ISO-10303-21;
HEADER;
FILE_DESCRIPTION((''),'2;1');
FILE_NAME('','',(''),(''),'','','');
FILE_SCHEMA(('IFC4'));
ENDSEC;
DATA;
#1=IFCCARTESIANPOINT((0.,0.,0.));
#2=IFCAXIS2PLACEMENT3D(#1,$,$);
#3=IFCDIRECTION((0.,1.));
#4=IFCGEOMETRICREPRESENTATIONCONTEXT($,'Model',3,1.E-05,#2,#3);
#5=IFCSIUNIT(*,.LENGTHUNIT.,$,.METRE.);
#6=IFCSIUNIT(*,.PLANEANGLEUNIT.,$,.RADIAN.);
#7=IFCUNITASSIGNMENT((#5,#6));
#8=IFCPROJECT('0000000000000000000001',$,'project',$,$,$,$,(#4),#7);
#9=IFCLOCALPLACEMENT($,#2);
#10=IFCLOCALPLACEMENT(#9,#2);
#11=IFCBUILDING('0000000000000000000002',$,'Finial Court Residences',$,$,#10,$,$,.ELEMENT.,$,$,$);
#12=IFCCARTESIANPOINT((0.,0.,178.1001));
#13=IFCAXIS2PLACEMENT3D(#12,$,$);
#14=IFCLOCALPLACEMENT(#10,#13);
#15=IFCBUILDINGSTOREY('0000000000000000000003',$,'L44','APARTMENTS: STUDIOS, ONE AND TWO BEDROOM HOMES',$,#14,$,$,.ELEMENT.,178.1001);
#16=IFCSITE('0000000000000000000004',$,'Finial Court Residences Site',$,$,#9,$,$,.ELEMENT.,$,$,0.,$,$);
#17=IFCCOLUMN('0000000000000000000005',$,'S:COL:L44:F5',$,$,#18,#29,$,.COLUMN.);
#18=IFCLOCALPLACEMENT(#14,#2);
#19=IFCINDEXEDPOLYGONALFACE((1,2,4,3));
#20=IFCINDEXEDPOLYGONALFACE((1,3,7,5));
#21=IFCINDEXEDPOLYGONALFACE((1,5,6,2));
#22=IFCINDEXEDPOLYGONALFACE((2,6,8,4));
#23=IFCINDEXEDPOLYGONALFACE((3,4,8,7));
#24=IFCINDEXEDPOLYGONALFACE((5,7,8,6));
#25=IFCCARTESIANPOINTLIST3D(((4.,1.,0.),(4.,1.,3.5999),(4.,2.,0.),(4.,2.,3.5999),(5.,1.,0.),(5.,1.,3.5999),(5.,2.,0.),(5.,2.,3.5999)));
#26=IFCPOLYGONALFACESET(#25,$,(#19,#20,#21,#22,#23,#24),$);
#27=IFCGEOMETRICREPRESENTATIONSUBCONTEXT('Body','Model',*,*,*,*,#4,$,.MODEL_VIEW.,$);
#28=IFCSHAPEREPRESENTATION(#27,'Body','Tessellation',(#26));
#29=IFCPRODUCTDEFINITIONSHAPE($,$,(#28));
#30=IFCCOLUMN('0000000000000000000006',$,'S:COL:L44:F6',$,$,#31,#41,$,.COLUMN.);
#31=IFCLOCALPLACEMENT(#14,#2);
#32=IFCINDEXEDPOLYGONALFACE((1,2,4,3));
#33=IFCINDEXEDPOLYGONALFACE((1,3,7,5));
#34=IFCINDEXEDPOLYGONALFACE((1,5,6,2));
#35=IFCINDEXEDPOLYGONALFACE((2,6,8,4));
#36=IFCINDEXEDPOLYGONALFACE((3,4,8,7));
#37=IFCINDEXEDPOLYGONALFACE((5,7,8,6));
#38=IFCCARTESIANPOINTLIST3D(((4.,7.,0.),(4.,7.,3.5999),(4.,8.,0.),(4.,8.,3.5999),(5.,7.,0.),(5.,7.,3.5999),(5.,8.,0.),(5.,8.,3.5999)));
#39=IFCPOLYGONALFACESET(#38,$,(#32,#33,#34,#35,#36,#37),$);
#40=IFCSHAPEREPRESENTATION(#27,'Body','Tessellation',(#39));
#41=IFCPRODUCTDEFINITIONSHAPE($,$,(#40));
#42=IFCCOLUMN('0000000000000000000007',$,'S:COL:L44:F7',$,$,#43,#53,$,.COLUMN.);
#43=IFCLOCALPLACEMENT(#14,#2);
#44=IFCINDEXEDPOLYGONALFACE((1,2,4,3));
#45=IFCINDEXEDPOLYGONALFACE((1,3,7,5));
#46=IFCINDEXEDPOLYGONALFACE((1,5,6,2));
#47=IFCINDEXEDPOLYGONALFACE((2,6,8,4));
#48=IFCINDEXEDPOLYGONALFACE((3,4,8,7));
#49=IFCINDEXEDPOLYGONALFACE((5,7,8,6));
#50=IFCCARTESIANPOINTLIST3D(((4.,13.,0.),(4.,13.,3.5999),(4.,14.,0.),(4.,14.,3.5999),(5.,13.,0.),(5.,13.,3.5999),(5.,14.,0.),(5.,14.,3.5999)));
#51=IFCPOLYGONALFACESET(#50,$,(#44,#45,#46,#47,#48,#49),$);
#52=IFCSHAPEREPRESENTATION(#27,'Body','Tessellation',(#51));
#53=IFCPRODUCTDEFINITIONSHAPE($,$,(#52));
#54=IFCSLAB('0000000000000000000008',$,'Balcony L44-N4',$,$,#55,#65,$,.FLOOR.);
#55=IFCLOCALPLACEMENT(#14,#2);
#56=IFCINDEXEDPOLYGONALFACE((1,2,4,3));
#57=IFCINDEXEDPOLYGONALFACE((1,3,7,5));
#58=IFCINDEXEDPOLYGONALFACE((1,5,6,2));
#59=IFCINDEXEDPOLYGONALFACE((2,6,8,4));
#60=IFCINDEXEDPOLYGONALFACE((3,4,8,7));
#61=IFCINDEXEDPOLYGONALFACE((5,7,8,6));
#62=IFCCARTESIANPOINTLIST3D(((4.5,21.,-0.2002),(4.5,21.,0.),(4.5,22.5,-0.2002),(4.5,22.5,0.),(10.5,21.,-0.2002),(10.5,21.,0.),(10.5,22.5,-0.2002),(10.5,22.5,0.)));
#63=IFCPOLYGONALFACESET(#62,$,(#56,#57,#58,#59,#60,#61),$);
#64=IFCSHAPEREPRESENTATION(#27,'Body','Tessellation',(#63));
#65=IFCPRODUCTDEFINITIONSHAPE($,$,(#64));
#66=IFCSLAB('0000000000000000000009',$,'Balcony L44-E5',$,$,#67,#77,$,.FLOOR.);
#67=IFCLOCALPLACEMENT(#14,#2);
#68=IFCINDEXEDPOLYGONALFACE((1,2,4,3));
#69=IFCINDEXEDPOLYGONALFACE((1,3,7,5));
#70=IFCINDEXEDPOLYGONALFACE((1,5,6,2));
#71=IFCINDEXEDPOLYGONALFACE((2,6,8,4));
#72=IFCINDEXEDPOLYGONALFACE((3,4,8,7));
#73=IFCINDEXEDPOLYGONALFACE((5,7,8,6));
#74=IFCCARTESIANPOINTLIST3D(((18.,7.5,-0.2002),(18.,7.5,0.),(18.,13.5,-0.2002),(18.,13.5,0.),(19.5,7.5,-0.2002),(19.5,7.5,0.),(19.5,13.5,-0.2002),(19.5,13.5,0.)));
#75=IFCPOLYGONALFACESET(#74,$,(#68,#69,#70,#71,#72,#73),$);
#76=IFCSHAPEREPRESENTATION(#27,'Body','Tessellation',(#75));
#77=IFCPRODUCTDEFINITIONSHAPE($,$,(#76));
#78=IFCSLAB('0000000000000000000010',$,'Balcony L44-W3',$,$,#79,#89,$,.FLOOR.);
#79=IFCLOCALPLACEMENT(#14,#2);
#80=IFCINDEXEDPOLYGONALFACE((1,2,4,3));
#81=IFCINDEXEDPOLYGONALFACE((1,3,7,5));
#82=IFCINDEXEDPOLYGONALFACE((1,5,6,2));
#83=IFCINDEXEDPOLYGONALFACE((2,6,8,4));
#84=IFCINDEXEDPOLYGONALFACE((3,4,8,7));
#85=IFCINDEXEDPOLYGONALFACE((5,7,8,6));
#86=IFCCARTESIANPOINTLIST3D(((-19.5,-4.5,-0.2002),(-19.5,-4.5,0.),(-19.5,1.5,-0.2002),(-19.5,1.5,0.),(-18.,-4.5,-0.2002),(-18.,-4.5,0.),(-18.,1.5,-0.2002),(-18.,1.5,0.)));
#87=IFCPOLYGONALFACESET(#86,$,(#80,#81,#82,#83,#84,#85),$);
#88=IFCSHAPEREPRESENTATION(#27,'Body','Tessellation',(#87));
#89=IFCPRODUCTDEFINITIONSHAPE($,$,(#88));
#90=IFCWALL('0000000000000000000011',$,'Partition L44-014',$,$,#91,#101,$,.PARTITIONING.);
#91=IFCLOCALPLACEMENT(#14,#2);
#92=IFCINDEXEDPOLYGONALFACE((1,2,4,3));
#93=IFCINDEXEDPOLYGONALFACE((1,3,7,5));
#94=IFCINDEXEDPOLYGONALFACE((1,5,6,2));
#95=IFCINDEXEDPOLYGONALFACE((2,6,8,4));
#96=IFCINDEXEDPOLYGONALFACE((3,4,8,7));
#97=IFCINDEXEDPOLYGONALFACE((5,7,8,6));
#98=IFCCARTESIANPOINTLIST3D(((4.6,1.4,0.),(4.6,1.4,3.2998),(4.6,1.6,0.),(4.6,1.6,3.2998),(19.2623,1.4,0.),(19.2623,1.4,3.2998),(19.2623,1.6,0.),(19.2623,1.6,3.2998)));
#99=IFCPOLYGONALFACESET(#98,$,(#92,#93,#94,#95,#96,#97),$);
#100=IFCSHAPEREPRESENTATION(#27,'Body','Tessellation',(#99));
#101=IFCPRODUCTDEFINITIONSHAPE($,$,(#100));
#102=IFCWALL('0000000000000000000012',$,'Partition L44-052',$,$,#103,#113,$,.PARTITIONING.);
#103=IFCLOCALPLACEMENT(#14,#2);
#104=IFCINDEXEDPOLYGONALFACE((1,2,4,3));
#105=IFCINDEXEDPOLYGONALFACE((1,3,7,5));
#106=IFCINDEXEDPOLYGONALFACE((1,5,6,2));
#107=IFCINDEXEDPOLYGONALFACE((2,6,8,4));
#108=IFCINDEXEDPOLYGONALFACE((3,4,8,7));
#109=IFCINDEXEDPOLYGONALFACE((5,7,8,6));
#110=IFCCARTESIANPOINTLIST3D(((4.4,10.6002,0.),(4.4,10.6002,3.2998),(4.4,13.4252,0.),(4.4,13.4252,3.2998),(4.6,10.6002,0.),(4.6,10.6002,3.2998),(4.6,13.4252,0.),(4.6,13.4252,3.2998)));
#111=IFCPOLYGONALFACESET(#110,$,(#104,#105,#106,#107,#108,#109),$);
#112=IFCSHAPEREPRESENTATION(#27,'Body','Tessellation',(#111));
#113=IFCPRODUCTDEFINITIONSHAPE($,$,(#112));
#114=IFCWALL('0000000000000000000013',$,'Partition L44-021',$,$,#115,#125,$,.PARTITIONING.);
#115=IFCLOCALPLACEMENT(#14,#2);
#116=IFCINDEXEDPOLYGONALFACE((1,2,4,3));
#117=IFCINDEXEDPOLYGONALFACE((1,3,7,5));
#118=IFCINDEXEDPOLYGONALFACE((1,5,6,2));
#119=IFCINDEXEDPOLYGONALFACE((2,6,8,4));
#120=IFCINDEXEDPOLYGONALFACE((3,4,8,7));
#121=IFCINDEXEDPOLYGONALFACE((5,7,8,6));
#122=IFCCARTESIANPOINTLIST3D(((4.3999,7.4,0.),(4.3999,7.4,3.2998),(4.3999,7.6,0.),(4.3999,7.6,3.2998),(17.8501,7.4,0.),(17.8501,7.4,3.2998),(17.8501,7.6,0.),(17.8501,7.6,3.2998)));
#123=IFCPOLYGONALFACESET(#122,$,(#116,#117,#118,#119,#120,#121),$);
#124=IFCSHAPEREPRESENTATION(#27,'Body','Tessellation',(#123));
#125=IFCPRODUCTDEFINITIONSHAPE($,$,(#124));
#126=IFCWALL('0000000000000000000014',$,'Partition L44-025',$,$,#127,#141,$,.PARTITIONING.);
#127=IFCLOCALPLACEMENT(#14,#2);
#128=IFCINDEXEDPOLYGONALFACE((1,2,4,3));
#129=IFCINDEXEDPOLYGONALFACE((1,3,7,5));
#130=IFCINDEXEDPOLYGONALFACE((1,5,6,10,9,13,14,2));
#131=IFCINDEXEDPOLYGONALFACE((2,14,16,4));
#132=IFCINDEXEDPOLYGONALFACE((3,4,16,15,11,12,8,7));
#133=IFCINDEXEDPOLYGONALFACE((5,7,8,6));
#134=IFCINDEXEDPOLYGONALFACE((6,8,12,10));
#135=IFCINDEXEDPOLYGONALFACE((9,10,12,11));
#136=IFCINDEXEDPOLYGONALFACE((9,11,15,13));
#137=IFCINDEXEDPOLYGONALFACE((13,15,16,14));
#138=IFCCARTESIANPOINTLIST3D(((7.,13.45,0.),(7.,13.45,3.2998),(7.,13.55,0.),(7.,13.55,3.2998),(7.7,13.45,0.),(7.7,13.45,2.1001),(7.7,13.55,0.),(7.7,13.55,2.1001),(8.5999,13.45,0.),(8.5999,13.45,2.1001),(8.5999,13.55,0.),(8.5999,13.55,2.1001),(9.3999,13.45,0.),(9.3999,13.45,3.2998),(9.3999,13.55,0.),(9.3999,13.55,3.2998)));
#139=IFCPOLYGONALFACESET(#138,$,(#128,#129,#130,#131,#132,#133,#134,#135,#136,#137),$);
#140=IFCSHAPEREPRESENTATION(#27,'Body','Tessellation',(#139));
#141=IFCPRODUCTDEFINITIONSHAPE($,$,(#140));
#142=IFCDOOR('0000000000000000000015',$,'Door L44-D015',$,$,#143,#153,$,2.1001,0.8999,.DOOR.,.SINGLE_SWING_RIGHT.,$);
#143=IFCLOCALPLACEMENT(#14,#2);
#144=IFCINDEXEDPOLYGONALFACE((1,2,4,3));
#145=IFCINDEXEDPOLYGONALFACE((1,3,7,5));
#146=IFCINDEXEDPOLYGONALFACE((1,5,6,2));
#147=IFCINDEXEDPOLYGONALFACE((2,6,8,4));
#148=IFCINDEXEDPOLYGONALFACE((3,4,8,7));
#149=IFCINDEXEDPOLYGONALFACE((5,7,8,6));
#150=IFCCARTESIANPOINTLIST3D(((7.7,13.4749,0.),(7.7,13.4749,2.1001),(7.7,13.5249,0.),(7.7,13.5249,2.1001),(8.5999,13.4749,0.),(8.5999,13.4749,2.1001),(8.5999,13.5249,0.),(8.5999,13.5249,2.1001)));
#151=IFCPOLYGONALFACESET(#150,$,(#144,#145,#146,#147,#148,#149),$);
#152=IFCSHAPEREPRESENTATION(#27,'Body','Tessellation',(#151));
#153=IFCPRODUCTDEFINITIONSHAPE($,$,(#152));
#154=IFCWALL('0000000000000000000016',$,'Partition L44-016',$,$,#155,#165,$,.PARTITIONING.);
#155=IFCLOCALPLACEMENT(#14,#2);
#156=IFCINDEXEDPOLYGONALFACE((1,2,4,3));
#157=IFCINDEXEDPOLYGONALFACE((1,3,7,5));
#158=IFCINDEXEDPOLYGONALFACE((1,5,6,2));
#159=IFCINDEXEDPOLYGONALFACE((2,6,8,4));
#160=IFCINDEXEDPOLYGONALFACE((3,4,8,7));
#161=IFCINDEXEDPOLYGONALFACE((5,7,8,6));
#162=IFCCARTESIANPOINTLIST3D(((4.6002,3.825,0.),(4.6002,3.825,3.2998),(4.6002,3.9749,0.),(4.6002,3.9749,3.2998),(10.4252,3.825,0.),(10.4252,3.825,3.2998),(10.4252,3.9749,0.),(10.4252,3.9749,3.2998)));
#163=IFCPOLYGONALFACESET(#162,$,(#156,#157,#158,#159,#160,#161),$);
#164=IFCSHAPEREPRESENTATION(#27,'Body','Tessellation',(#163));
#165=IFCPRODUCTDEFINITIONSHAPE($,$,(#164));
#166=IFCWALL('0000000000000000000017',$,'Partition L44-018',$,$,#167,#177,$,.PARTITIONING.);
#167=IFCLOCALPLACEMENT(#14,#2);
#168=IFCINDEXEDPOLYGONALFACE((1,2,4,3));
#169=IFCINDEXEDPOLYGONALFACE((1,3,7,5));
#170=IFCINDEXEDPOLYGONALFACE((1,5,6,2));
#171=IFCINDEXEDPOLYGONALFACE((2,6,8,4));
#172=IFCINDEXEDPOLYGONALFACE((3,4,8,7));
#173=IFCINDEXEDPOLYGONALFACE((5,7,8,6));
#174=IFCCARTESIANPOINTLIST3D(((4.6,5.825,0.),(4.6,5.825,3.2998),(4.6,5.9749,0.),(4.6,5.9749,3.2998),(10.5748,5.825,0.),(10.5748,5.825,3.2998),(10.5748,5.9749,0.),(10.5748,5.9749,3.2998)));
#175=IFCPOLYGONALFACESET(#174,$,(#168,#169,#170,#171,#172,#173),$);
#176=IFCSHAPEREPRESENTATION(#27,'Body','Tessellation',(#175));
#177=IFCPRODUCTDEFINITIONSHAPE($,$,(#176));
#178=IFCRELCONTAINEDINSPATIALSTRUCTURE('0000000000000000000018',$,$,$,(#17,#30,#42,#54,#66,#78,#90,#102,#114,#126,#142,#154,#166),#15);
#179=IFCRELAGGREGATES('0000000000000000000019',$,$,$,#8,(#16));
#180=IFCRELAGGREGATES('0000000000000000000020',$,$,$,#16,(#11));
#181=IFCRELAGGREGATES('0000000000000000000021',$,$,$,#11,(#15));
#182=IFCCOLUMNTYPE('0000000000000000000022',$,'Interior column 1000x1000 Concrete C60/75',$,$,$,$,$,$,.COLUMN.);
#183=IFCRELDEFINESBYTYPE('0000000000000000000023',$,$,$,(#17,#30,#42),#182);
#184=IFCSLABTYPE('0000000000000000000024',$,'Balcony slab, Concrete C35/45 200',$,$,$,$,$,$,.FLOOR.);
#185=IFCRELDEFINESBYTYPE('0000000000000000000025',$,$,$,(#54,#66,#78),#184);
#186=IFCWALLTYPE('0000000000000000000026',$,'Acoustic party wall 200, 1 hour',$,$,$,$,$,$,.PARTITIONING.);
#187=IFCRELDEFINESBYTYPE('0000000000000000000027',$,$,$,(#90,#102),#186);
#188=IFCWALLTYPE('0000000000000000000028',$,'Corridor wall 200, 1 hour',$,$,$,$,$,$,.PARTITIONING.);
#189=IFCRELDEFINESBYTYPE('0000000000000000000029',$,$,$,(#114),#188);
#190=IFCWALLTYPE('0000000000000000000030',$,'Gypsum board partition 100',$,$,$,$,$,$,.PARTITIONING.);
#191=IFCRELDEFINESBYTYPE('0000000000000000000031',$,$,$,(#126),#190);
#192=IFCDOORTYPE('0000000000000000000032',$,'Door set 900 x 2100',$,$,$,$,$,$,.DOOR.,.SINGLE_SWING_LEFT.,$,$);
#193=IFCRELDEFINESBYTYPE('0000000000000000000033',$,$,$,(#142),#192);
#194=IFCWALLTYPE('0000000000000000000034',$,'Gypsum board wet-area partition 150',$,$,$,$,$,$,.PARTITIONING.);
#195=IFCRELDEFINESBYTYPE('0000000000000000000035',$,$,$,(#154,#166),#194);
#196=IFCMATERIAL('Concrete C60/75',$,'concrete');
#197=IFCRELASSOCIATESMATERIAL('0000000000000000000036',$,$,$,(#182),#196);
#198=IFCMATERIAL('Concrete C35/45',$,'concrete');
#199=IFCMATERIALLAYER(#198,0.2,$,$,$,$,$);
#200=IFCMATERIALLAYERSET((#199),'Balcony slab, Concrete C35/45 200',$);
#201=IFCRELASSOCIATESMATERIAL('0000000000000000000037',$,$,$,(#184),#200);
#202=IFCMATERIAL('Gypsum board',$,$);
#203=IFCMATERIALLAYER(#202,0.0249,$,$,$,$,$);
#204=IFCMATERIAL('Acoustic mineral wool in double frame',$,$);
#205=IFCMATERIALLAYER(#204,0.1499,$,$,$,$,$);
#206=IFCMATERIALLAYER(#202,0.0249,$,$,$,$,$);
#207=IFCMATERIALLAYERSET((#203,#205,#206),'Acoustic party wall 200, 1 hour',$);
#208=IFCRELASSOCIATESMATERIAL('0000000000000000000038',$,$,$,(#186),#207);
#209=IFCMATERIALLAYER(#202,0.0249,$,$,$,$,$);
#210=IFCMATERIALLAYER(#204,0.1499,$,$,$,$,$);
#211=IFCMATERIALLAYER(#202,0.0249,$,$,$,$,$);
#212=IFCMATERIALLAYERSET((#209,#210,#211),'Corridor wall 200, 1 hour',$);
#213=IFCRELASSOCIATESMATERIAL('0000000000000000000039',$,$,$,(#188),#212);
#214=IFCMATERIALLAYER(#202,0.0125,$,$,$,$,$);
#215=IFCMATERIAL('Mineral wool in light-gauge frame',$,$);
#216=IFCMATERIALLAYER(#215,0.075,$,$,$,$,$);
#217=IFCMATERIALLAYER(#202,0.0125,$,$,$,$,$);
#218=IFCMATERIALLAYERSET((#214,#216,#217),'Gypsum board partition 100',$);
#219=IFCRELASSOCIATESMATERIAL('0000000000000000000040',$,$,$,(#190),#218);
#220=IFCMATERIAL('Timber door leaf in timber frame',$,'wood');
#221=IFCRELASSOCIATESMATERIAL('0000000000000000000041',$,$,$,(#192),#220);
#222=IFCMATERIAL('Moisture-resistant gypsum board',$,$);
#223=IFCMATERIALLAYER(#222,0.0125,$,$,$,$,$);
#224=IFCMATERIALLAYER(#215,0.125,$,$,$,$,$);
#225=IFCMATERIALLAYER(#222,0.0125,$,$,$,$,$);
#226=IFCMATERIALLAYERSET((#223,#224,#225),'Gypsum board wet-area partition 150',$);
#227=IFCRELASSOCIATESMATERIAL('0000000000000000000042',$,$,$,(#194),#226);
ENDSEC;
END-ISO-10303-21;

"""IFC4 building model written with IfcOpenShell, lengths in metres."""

from ifc_helpers import new_model, si_unit, direction, frame, frame_2d, origin, origin_2d, place, context, subcontext, project, spatial, polyline, rectangle, outline, extrude, material, layer, layer_set, material_profile, profile_set, type_object, element, fill, save


model = new_model("IFC4")

# Units and contexts
model_context = context("Model", 3, precision=1e-05, world=origin(), true_north=direction((0.0, 1.0)))
body_context = subcontext(model_context, "Body", "Model", "MODEL_VIEW")
ifc_project = project(units=[si_unit("LENGTHUNIT", "METRE"), si_unit("PLANEANGLEUNIT", "RADIAN")], contexts=[model_context])

# Site, building, storey
site_placement = place(None, origin())
site = spatial("IfcSite", under=ifc_project, at=site_placement, Name="Finial Court Residences Site", CompositionType="ELEMENT", RefElevation=0.0)
building_placement = place(site_placement, origin())
building = spatial("IfcBuilding", under=site, at=building_placement, Name="Finial Court Residences", CompositionType="ELEMENT")
storey_placement = place(building_placement, frame((0.0, 0.0, 178.1001)))
storey = spatial("IfcBuildingStorey", under=building, at=storey_placement, Name="L44", Description="APARTMENTS: STUDIOS, ONE AND TWO BEDROOM HOMES", CompositionType="ELEMENT", Elevation=178.1001)

# Columns
ifc_material_1 = material(Name="Concrete C60/75", Category="concrete")
ifc_material_profile = material_profile(ifc_material_1, rectangle(XDim=1.0, YDim=1.0, at=origin_2d()), Name="1000x1000")
ifc_profile_set = profile_set([ifc_material_profile], Name="Concrete C60/75")
column_type = type_object("IfcColumnType", Name="Interior column 1000x1000 Concrete C60/75", PredefinedType="COLUMN", material=ifc_profile_set)
for number, where, z_axis, x_axis, name in (
    (1, (4.5, 1.5, 0.0), (0.0, 0.0, 1.0), (1.0, 0.0, 0.0), "S:COL:L44:F5"),
    (2, (4.5, 7.5, 0.0), (0.0, 0.0, 1.0), (1.0, 0.0, 0.0), "S:COL:L44:F6"),
    (3, (4.5, 13.5, 0.0), (0.0, 0.0, 1.0), (1.0, 0.0, 0.0), "S:COL:L44:F7"),
):
    element("IfcColumn", number, at=place(storey_placement, frame(where, z_axis=z_axis, x_axis=x_axis)), inside=storey, type_object=column_type, Name=name, PredefinedType="COLUMN", context=body_context, shape_type="SweptSolid", body=[
        extrude(rectangle(XDim=1.0, YDim=1.0, at=origin_2d()), origin(), (0.0, 0.0, 1.0), 3.5999),
    ])

# Slabs
ifc_material_2 = material(Name="Concrete C35/45", Category="concrete")
ifc_layer_1 = layer(ifc_material_2, 0.2)
ifc_layer_set_1 = layer_set([ifc_layer_1], Name="Balcony slab, Concrete C35/45 200")
slab_type = type_object("IfcSlabType", Name="Balcony slab, Concrete C35/45 200", PredefinedType="FLOOR", material=ifc_layer_set_1)
slab_1_placement = place(storey_placement, frame((0.0, 0.0, -0.2002)))
element("IfcSlab", 4, at=slab_1_placement, inside=storey, type_object=slab_type, Name="Balcony L44-N4", PredefinedType="FLOOR", context=body_context, shape_type="SweptSolid", body=[
    extrude(outline(polyline([(10.5, 21.0), (10.5, 22.5), (4.5, 22.5), (4.5, 21.0), (10.5, 21.0)])), origin(), (0.0, 0.0, 1.0), 0.2002),
])
slab_2_placement = place(storey_placement, frame((0.0, 0.0, -0.2002)))
element("IfcSlab", 5, at=slab_2_placement, inside=storey, type_object=slab_type, Name="Balcony L44-E5", PredefinedType="FLOOR", context=body_context, shape_type="SweptSolid", body=[
    extrude(outline(polyline([(19.5, 7.5), (19.5, 13.5), (18.0, 13.5), (18.0, 7.5), (19.5, 7.5)])), origin(), (0.0, 0.0, 1.0), 0.2002),
])
slab_3_placement = place(storey_placement, frame((0.0, 0.0, -0.2002)))
element("IfcSlab", 6, at=slab_3_placement, inside=storey, type_object=slab_type, Name="Balcony L44-W3", PredefinedType="FLOOR", context=body_context, shape_type="SweptSolid", body=[
    extrude(outline(polyline([(-18.0, -4.5), (-18.0, 1.5), (-19.5, 1.5), (-19.5, -4.5), (-18.0, -4.5)])), origin(), (0.0, 0.0, 1.0), 0.2002),
])

# Walls
ifc_material_3 = material(Name="Gypsum board")
ifc_layer_2 = layer(ifc_material_3, 0.0249)
ifc_material_4 = material(Name="Acoustic mineral wool in double frame")
ifc_layer_3 = layer(ifc_material_4, 0.1499)
ifc_layer_4 = layer(ifc_material_3, 0.0249)
ifc_layer_set_2 = layer_set([ifc_layer_2, ifc_layer_3, ifc_layer_4], Name="Acoustic party wall 200, 1 hour")
wall_type_1 = type_object("IfcWallType", Name="Acoustic party wall 200, 1 hour", PredefinedType="PARTITIONING", material=ifc_layer_set_2)
wall_1_placement = place(storey_placement, frame((4.6001, 1.5, 0.0), z_axis=(0.0, 0.0, 1.0), x_axis=(1.0, 0.0, 0.0)))
element("IfcWall", 7, at=wall_1_placement, inside=storey, type_object=wall_type_1, Name="Partition L44-014", PredefinedType="PARTITIONING", context=body_context, shape_type="SweptSolid", body=[
    extrude(rectangle(XDim=14.6624, YDim=0.2, at=frame_2d((7.3311, 0.0))), origin(), (0.0, 0.0, 1.0), 3.2998),
])
wall_2_placement = place(storey_placement, frame((4.5, 10.6001, 0.0), z_axis=(0.0, 0.0, 1.0), x_axis=(0.0, 1.0, 0.0)))
element("IfcWall", 8, at=wall_2_placement, inside=storey, type_object=wall_type_1, Name="Partition L44-052", PredefinedType="PARTITIONING", context=body_context, shape_type="SweptSolid", body=[
    extrude(rectangle(XDim=2.825, YDim=0.2, at=frame_2d((1.4126, 0.0))), origin(), (0.0, 0.0, 1.0), 3.2998),
])
ifc_layer_5 = layer(ifc_material_3, 0.0249)
ifc_layer_6 = layer(ifc_material_4, 0.1499)
ifc_layer_7 = layer(ifc_material_3, 0.0249)
ifc_layer_set_3 = layer_set([ifc_layer_5, ifc_layer_6, ifc_layer_7], Name="Corridor wall 200, 1 hour")
wall_type_2 = type_object("IfcWallType", Name="Corridor wall 200, 1 hour", PredefinedType="PARTITIONING", material=ifc_layer_set_3)
wall_3_placement = place(storey_placement, frame((4.3999, 7.5, 0.0), z_axis=(0.0, 0.0, 1.0), x_axis=(1.0, 0.0, 0.0)))
element("IfcWall", 9, at=wall_3_placement, inside=storey, type_object=wall_type_2, Name="Partition L44-021", PredefinedType="PARTITIONING", context=body_context, shape_type="SweptSolid", body=[
    extrude(rectangle(XDim=13.4502, YDim=0.2, at=frame_2d((6.7251, 0.0))), origin(), (0.0, 0.0, 1.0), 3.2998),
])

# Wall, opening, door
ifc_layer_8 = layer(ifc_material_3, 0.0125)
ifc_material_5 = material(Name="Mineral wool in light-gauge frame")
ifc_layer_9 = layer(ifc_material_5, 0.075)
ifc_layer_10 = layer(ifc_material_3, 0.0125)
ifc_layer_set_4 = layer_set([ifc_layer_8, ifc_layer_9, ifc_layer_10], Name="Gypsum board partition 100")
wall_type_3 = type_object("IfcWallType", Name="Gypsum board partition 100", PredefinedType="PARTITIONING", material=ifc_layer_set_4)
wall_4_placement = place(storey_placement, frame((7.0, 13.5, 0.0), z_axis=(0.0, 0.0, 1.0), x_axis=(1.0, 0.0, 0.0)))
wall_4 = element("IfcWall", 10, at=wall_4_placement, inside=storey, type_object=wall_type_3, Name="Partition L44-025", PredefinedType="PARTITIONING", context=body_context, shape_type="SweptSolid", body=[
    extrude(rectangle(XDim=2.3999, YDim=0.1001, at=frame_2d((1.2, 0.0))), origin(), (0.0, 0.0, 1.0), 3.2998),
])
opening_1_placement = place(wall_4_placement, frame((0.7, 0.0, 0.0)))
opening_1 = element("IfcOpeningElement", 11, at=opening_1_placement, cuts=wall_4, PredefinedType="OPENING", context=body_context, shape_type="SweptSolid", body=[
    extrude(rectangle(XDim=0.8999, YDim=2.1001, at=frame_2d((0.45, 1.05))), frame((0.0, 0.0601, 0.0), z_axis=(0.0, -1.0, 0.0), x_axis=(1.0, 0.0, 0.0)), (0.0, 0.0, 1.0), 0.1201),
])
ifc_material_6 = material(Name="Timber door leaf in timber frame", Category="wood")
door_type = type_object("IfcDoorType", Name="Door set 900 x 2100", OperationType="SINGLE_SWING_LEFT", PredefinedType="DOOR", material=ifc_material_6)
door_1_placement = place(opening_1_placement, origin())
door_1 = element("IfcDoor", 12, at=door_1_placement, inside=storey, type_object=door_type, Name="Door L44-D015", OperationType="SINGLE_SWING_RIGHT", OverallHeight=2.1001, OverallWidth=0.8999, PredefinedType="DOOR", context=body_context, shape_type="SweptSolid", body=[
    extrude(rectangle(XDim=0.8999, YDim=2.1001, at=frame_2d((0.45, 1.05))), frame((0.0, 0.0249, 0.0), z_axis=(0.0, -1.0, 0.0), x_axis=(1.0, 0.0, 0.0)), (0.0, 0.0, 1.0), 0.05),
])
fill(opening_1, door_1)

# Walls
ifc_material_7 = material(Name="Moisture-resistant gypsum board")
ifc_layer_11 = layer(ifc_material_7, 0.0125)
ifc_layer_12 = layer(ifc_material_5, 0.125)
ifc_layer_13 = layer(ifc_material_7, 0.0125)
ifc_layer_set_5 = layer_set([ifc_layer_11, ifc_layer_12, ifc_layer_13], Name="Gypsum board wet-area partition 150")
wall_type_4 = type_object("IfcWallType", Name="Gypsum board wet-area partition 150", PredefinedType="PARTITIONING", material=ifc_layer_set_5)
wall_5_placement = place(storey_placement, frame((4.6001, 3.8999, 0.0), z_axis=(0.0, 0.0, 1.0), x_axis=(1.0, 0.0, 0.0)))
element("IfcWall", 13, at=wall_5_placement, inside=storey, type_object=wall_type_4, Name="Partition L44-016", PredefinedType="PARTITIONING", context=body_context, shape_type="SweptSolid", body=[
    extrude(rectangle(XDim=5.825, YDim=0.1499, at=frame_2d((2.9126, 0.0))), origin(), (0.0, 0.0, 1.0), 3.2998),
])
wall_6_placement = place(storey_placement, frame((4.6001, 5.8999, 0.0), z_axis=(0.0, 0.0, 1.0), x_axis=(1.0, 0.0, 0.0)))
element("IfcWall", 14, at=wall_6_placement, inside=storey, type_object=wall_type_4, Name="Partition L44-018", PredefinedType="PARTITIONING", context=body_context, shape_type="SweptSolid", body=[
    extrude(rectangle(XDim=5.9749, YDim=0.1499, at=frame_2d((2.9873, 0.0))), origin(), (0.0, 0.0, 1.0), 3.2998),
])

save(model, "model.ifc")
